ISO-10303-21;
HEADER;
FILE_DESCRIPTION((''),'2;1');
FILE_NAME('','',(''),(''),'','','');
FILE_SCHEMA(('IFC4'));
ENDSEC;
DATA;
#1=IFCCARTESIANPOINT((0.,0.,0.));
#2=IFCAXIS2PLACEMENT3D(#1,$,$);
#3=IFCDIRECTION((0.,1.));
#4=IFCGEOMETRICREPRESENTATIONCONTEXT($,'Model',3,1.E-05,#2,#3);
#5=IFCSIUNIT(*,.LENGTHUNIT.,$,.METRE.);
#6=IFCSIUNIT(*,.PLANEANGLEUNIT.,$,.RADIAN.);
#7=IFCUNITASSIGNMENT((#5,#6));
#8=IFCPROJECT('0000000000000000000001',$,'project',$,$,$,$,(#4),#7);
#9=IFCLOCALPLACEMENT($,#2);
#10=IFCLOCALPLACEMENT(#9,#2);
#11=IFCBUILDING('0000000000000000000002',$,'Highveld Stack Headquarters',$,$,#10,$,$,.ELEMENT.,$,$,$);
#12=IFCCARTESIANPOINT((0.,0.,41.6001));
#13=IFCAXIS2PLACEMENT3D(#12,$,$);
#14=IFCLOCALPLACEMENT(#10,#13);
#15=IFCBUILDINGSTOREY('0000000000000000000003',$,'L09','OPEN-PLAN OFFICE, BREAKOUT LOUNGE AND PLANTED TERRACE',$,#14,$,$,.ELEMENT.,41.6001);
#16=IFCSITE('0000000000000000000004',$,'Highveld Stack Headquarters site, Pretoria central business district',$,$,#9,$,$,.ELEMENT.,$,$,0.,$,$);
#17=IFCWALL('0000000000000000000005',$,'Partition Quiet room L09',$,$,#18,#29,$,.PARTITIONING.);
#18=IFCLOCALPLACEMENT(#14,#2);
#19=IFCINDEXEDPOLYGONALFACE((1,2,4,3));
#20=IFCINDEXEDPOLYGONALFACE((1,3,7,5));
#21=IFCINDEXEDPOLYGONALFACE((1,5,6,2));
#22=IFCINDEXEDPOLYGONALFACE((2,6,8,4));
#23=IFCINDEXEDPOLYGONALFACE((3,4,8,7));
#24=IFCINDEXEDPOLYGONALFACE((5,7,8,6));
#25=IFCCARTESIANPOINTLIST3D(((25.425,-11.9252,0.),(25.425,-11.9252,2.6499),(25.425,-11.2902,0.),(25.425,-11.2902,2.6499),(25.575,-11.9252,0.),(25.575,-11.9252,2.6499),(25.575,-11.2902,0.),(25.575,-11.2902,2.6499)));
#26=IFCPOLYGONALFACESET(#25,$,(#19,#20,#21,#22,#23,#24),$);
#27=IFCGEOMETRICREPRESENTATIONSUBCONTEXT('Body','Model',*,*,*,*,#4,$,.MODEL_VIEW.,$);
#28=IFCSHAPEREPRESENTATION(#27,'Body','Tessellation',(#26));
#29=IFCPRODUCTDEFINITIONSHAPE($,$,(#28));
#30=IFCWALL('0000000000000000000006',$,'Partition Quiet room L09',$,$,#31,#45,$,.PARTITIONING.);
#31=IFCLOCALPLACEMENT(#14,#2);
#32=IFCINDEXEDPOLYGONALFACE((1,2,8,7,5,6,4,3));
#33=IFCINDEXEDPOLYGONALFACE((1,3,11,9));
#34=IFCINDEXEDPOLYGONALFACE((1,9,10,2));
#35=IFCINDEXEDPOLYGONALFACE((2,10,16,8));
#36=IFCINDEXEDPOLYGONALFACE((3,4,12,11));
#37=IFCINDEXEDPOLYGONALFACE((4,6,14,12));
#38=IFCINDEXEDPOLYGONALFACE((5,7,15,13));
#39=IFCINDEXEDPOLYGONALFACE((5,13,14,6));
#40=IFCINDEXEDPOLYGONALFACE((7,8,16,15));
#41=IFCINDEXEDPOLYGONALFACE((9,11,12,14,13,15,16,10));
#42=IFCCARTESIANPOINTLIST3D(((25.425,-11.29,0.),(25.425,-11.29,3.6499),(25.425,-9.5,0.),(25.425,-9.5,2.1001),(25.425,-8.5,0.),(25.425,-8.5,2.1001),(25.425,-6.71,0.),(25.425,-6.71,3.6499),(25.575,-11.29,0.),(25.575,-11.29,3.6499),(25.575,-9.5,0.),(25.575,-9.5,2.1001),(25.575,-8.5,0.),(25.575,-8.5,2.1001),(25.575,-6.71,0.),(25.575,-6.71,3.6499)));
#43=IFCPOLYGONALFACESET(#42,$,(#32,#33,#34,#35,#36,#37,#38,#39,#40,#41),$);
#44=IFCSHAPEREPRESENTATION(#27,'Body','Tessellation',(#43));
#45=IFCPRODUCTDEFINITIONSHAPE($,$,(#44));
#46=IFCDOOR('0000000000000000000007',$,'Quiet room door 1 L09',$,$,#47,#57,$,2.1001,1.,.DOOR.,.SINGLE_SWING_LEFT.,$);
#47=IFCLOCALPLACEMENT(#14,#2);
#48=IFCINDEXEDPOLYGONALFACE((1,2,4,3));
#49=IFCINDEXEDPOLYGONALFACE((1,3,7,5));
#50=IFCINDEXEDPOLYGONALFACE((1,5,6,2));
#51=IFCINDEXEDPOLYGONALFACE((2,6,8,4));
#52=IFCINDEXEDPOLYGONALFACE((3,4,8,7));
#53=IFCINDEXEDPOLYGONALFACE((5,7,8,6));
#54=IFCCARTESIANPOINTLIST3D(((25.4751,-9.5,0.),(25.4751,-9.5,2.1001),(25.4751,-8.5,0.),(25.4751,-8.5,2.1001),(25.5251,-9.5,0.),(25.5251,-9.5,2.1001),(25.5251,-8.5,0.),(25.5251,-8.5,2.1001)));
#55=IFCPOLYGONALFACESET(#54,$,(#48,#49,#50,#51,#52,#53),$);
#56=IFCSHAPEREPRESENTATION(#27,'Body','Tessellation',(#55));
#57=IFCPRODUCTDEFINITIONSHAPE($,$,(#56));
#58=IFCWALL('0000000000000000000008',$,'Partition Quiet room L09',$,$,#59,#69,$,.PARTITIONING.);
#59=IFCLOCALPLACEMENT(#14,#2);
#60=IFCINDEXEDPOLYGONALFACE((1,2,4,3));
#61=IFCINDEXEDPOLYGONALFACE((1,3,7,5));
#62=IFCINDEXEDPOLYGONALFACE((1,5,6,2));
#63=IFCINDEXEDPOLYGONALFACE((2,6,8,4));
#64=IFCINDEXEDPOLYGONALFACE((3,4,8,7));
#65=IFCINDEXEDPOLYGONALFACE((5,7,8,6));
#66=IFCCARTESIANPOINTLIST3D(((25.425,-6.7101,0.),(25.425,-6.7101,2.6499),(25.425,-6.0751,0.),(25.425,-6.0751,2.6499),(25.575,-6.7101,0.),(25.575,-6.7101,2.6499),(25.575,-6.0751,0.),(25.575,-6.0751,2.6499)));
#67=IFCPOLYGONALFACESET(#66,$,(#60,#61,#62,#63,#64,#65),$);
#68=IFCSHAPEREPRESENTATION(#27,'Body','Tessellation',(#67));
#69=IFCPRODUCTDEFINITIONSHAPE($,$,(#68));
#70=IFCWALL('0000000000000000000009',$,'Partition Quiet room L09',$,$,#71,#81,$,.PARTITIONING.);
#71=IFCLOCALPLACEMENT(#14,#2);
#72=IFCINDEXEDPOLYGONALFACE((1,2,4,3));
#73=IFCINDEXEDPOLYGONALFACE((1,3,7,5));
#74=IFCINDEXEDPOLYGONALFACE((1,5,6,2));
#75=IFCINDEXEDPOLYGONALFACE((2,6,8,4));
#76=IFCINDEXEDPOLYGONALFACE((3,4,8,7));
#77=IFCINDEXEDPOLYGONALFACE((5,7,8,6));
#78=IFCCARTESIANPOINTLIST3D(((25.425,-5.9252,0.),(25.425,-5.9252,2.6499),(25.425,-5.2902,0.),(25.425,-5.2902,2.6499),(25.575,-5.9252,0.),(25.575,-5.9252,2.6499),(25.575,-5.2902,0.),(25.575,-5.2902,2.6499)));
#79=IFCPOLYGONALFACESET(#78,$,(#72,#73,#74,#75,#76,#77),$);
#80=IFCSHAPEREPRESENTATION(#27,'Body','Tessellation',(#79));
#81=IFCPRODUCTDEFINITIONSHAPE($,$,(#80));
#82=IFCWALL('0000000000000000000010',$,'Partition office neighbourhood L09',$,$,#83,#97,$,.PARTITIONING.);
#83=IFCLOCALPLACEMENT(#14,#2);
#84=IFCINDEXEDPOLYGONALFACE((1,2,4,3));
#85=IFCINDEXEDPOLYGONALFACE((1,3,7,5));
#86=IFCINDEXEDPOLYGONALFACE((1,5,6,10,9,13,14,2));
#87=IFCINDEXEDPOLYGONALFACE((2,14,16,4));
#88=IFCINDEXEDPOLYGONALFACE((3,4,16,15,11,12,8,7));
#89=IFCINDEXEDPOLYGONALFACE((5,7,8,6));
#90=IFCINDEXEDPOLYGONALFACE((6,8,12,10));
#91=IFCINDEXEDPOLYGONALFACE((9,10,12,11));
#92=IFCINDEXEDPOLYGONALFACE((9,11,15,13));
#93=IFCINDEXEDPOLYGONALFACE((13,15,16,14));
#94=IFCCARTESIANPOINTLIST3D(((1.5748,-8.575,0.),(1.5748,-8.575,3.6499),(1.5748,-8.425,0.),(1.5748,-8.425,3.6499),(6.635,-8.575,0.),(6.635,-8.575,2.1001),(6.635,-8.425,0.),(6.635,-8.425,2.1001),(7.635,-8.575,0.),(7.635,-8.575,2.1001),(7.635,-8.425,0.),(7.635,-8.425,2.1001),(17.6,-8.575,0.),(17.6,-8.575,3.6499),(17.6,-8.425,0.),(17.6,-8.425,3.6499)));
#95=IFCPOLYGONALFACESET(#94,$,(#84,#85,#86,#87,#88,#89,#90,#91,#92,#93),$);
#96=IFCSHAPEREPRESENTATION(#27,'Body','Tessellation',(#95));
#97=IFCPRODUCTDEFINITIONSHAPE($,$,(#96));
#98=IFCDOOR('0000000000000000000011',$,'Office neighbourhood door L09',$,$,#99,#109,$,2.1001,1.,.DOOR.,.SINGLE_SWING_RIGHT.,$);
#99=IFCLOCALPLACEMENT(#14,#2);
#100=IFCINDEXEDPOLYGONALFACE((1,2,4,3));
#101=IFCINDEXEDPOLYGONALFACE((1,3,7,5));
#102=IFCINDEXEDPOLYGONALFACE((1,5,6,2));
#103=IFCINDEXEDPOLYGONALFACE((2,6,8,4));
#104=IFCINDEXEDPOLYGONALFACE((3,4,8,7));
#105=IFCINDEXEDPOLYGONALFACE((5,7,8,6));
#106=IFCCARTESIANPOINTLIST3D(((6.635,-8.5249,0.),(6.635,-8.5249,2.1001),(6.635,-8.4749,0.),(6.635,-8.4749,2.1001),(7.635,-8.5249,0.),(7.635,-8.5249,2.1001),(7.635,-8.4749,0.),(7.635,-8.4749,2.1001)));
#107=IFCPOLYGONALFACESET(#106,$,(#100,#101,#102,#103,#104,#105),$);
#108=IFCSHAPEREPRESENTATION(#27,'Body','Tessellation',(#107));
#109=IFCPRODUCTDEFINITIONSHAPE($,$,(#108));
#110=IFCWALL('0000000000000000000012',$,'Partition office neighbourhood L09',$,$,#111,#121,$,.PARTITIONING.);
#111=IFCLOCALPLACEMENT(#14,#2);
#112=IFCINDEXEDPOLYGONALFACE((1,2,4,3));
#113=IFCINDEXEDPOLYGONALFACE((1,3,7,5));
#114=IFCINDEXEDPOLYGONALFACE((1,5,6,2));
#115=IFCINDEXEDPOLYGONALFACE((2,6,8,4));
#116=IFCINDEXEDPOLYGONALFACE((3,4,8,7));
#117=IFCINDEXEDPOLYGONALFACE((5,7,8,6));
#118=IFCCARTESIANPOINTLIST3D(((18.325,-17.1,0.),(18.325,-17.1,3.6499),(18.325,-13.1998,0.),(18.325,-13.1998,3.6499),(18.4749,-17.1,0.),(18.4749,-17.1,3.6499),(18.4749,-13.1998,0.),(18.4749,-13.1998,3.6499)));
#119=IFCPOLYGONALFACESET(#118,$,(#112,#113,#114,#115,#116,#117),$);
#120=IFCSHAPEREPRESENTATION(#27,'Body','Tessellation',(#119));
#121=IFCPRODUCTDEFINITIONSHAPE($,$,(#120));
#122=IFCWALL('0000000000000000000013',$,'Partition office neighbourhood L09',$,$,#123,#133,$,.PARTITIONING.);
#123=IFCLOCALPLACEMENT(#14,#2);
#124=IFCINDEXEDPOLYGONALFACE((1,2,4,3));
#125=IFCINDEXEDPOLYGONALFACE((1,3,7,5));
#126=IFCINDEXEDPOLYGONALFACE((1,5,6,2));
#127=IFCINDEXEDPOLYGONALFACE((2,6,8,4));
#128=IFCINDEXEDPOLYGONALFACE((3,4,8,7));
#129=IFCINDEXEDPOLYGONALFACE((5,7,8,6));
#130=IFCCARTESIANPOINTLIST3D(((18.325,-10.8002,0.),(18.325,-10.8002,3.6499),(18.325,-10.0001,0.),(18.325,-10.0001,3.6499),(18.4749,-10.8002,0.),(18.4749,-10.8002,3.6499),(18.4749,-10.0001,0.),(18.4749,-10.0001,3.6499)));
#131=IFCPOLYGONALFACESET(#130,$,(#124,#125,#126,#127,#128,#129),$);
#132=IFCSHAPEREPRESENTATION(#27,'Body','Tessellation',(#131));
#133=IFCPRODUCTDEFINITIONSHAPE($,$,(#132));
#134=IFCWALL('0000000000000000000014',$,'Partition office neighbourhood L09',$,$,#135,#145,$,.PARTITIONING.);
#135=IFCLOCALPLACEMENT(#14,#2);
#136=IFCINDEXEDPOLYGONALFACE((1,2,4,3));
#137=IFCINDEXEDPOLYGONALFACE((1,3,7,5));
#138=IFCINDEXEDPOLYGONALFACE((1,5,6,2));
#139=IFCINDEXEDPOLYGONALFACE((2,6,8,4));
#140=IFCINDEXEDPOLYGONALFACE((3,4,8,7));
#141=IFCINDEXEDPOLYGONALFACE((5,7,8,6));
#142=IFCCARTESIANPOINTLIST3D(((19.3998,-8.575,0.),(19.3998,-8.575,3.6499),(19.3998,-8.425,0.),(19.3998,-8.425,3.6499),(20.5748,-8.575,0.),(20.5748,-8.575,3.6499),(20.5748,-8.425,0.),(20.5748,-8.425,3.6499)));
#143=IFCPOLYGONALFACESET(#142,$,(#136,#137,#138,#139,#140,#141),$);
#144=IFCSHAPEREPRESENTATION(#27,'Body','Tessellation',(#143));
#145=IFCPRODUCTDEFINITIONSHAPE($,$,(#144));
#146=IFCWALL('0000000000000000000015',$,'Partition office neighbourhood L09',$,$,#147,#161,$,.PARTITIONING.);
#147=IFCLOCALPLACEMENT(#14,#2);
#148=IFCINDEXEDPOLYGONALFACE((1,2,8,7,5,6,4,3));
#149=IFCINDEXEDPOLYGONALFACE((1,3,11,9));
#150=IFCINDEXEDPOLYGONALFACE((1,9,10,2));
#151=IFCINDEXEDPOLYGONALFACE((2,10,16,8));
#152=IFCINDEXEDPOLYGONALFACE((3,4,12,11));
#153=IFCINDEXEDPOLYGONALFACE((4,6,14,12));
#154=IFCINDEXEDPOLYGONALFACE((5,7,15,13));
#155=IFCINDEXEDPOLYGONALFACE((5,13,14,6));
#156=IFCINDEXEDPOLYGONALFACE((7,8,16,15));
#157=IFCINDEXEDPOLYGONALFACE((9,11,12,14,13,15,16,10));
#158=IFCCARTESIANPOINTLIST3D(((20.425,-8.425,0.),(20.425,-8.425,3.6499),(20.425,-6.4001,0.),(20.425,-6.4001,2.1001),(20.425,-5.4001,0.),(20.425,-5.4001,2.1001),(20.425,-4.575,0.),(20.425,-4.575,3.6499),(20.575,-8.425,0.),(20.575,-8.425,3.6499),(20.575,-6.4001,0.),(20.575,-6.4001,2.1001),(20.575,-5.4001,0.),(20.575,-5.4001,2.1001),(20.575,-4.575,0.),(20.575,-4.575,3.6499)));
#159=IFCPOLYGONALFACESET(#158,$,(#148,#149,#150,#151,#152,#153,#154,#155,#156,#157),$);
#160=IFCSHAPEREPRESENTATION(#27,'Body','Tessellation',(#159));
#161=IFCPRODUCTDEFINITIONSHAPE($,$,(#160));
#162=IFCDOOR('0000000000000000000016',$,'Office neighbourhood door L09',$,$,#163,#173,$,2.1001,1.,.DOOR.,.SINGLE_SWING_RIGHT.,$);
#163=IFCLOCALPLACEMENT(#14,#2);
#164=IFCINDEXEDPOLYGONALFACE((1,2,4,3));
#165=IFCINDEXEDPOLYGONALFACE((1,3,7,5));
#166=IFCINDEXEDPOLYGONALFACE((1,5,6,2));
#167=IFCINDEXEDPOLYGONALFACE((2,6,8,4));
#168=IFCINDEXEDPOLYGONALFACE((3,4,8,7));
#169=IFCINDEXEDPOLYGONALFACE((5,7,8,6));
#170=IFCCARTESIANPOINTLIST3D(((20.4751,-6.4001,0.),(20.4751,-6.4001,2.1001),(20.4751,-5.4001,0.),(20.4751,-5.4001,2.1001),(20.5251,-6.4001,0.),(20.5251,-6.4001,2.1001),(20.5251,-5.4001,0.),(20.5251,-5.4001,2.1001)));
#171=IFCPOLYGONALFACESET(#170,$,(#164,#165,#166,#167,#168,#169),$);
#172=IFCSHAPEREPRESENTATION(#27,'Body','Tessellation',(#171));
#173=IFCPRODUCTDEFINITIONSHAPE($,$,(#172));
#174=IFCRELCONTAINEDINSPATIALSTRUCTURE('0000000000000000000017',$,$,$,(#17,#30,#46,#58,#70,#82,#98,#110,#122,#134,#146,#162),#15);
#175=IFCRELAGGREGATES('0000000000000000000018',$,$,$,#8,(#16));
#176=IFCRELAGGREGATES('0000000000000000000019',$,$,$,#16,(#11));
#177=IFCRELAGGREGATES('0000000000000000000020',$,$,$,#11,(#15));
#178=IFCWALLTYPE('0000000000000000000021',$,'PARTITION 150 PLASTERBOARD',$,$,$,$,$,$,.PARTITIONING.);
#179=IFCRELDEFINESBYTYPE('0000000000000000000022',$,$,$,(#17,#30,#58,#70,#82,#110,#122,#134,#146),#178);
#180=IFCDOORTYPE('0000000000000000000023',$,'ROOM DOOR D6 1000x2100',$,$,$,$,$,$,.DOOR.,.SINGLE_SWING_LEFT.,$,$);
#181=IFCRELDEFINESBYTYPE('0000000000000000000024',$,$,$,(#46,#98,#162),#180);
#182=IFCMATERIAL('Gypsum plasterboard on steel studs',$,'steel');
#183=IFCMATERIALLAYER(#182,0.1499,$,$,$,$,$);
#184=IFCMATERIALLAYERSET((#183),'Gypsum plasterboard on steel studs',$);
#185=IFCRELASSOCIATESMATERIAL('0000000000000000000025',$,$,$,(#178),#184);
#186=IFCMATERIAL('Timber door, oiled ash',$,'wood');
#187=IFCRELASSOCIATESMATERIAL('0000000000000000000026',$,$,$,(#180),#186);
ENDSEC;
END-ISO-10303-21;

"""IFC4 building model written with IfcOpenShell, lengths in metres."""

from ifc_helpers import new_model, si_unit, direction, frame, frame_2d, origin, place, context, subcontext, project, spatial, rectangle, extrude, material, layer, layer_set, type_object, element, fill, save


model = new_model("IFC4")

# Units and contexts
model_context = context("Model", 3, precision=1e-05, world=origin(), true_north=direction((0.0, 1.0)))
body_context = subcontext(model_context, "Body", "Model", "MODEL_VIEW")
ifc_project = project(units=[si_unit("LENGTHUNIT", "METRE"), si_unit("PLANEANGLEUNIT", "RADIAN")], contexts=[model_context])

# Site, building, storey
site_placement = place(None, origin())
site = spatial("IfcSite", under=ifc_project, at=site_placement, Name="Highveld Stack Headquarters site, Pretoria central business district", CompositionType="ELEMENT", RefElevation=0.0)
building_placement = place(site_placement, origin())
building = spatial("IfcBuilding", under=site, at=building_placement, Name="Highveld Stack Headquarters", CompositionType="ELEMENT")
storey_placement = place(building_placement, frame((0.0, 0.0, 41.6001)))
storey = spatial("IfcBuildingStorey", under=building, at=storey_placement, Name="L09", Description="OPEN-PLAN OFFICE, BREAKOUT LOUNGE AND PLANTED TERRACE", CompositionType="ELEMENT", Elevation=41.6001)

# Wall
ifc_material_1 = material(Name="Gypsum plasterboard on steel studs", Category="steel")
ifc_layer_1 = layer(ifc_material_1, 0.1499)
ifc_layer_set_1 = layer_set([ifc_layer_1], Name="Gypsum plasterboard on steel studs")
wall_type_1 = type_object("IfcWallType", Name="PARTITION 150 PLASTERBOARD", PredefinedType="PARTITIONING", material=ifc_layer_set_1)
wall_1_placement = place(storey_placement, frame((25.5, -11.925, 0.0), z_axis=(0.0, 0.0, 1.0), x_axis=(0.0, 1.0, 0.0)))
element("IfcWall", 1, at=wall_1_placement, inside=storey, type_object=wall_type_1, Name="Partition Quiet room L09", PredefinedType="PARTITIONING", context=body_context, shape_type="SweptSolid", body=[
    extrude(rectangle(XDim=0.635, YDim=0.1499, at=frame_2d((0.3174, 0.0))), origin(), (0.0, 0.0, 1.0), 2.6499),
])

# Wall, opening, door
wall_2_placement = place(storey_placement, frame((25.5, -11.29, 0.0), z_axis=(0.0, 0.0, 1.0), x_axis=(0.0, 1.0, 0.0)))
wall_2 = element("IfcWall", 2, at=wall_2_placement, inside=storey, type_object=wall_type_1, Name="Partition Quiet room L09", PredefinedType="PARTITIONING", context=body_context, shape_type="SweptSolid", body=[
    extrude(rectangle(XDim=4.5801, YDim=0.1499, at=frame_2d((2.29, 0.0))), origin(), (0.0, 0.0, 1.0), 3.6499),
])
opening_1_placement = place(wall_2_placement, frame((1.79, 0.0, 0.0)))
opening_1 = element("IfcOpeningElement", 3, at=opening_1_placement, cuts=wall_2, PredefinedType="OPENING", context=body_context, shape_type="SweptSolid", body=[
    extrude(rectangle(XDim=1.0, YDim=2.1001, at=frame_2d((0.5, 1.05))), frame((0.0, 0.085, 0.0), z_axis=(0.0, -1.0, 0.0), x_axis=(1.0, 0.0, 0.0)), (0.0, 0.0, 1.0), 0.1699),
])
ifc_material_2 = material(Name="Timber door, oiled ash", Category="wood")
door_type_1 = type_object("IfcDoorType", Name="ROOM DOOR D6 1000x2100", OperationType="SINGLE_SWING_LEFT", PredefinedType="DOOR", material=ifc_material_2)
door_1_placement = place(opening_1_placement, origin())
door_1 = element("IfcDoor", 4, at=door_1_placement, inside=storey, type_object=door_type_1, Name="Quiet room door 1 L09", OperationType="SINGLE_SWING_LEFT", OverallHeight=2.1001, OverallWidth=1.0, PredefinedType="DOOR", context=body_context, shape_type="SweptSolid", body=[
    extrude(rectangle(XDim=1.0, YDim=2.1001, at=frame_2d((0.5, 1.05))), frame((0.0, 0.0249, 0.0), z_axis=(0.0, -1.0, 0.0), x_axis=(1.0, 0.0, 0.0)), (0.0, 0.0, 1.0), 0.05),
])
fill(opening_1, door_1)

# Walls
for number, where, z_axis, x_axis, name in (
    (5, (25.5, -6.71, 0.0), (0.0, 0.0, 1.0), (0.0, 1.0, 0.0), "Partition Quiet room L09"),
    (6, (25.5, -5.925, 0.0), (0.0, 0.0, 1.0), (0.0, 1.0, 0.0), "Partition Quiet room L09"),
):
    element("IfcWall", number, at=place(storey_placement, frame(where, z_axis=z_axis, x_axis=x_axis)), inside=storey, type_object=wall_type_1, Name=name, PredefinedType="PARTITIONING", context=body_context, shape_type="SweptSolid", body=[
        extrude(rectangle(XDim=0.635, YDim=0.1499, at=frame_2d((0.3174, 0.0))), origin(), (0.0, 0.0, 1.0), 2.6499),
    ])

# Wall, opening, door
wall_3_placement = place(storey_placement, frame((17.6001, -8.5, 0.0), z_axis=(0.0, 0.0, 1.0), x_axis=(-1.0, 0.0, 0.0)))
wall_3 = element("IfcWall", 7, at=wall_3_placement, inside=storey, type_object=wall_type_1, Name="Partition office neighbourhood L09", PredefinedType="PARTITIONING", context=body_context, shape_type="SweptSolid", body=[
    extrude(rectangle(XDim=16.0251, YDim=0.1499, at=frame_2d((8.0127, 0.0))), origin(), (0.0, 0.0, 1.0), 3.6499),
])
opening_2_placement = place(wall_3_placement, frame((9.9651, 0.0, 0.0)))
opening_2 = element("IfcOpeningElement", 8, at=opening_2_placement, cuts=wall_3, PredefinedType="OPENING", context=body_context, shape_type="SweptSolid", body=[
    extrude(rectangle(XDim=1.0, YDim=2.1001, at=frame_2d((0.5, 1.05))), frame((0.0, 0.085, 0.0), z_axis=(0.0, -1.0, 0.0), x_axis=(1.0, 0.0, 0.0)), (0.0, 0.0, 1.0), 0.1699),
])
door_2_placement = place(opening_2_placement, origin())
door_2 = element("IfcDoor", 9, at=door_2_placement, inside=storey, type_object=door_type_1, Name="Office neighbourhood door L09", OperationType="SINGLE_SWING_RIGHT", OverallHeight=2.1001, OverallWidth=1.0, PredefinedType="DOOR", context=body_context, shape_type="SweptSolid", body=[
    extrude(rectangle(XDim=1.0, YDim=2.1001, at=frame_2d((0.5, 1.05))), frame((0.0, 0.0249, 0.0), z_axis=(0.0, -1.0, 0.0), x_axis=(1.0, 0.0, 0.0)), (0.0, 0.0, 1.0), 0.05),
])
fill(opening_2, door_2)

# Walls
wall_4_placement = place(storey_placement, frame((18.3999, -17.1001, 0.0), z_axis=(0.0, 0.0, 1.0), x_axis=(0.0, 1.0, 0.0)))
element("IfcWall", 10, at=wall_4_placement, inside=storey, type_object=wall_type_1, Name="Partition office neighbourhood L09", PredefinedType="PARTITIONING", context=body_context, shape_type="SweptSolid", body=[
    extrude(rectangle(XDim=3.9001, YDim=0.1499, at=frame_2d((1.9502, 0.0))), origin(), (0.0, 0.0, 1.0), 3.6499),
])
wall_5_placement = place(storey_placement, frame((18.3999, -10.8, 0.0), z_axis=(0.0, 0.0, 1.0), x_axis=(0.0, 1.0, 0.0)))
element("IfcWall", 11, at=wall_5_placement, inside=storey, type_object=wall_type_1, Name="Partition office neighbourhood L09", PredefinedType="PARTITIONING", context=body_context, shape_type="SweptSolid", body=[
    extrude(rectangle(XDim=0.8, YDim=0.1499, at=frame_2d((0.3999, 0.0))), origin(), (0.0, 0.0, 1.0), 3.6499),
])
wall_6_placement = place(storey_placement, frame((19.3999, -8.5, 0.0), z_axis=(0.0, 0.0, 1.0), x_axis=(1.0, 0.0, 0.0)))
element("IfcWall", 12, at=wall_6_placement, inside=storey, type_object=wall_type_1, Name="Partition office neighbourhood L09", PredefinedType="PARTITIONING", context=body_context, shape_type="SweptSolid", body=[
    extrude(rectangle(XDim=1.175, YDim=0.1499, at=frame_2d((0.5874, 0.0))), origin(), (0.0, 0.0, 1.0), 3.6499),
])

# Wall, opening, door
wall_7_placement = place(storey_placement, frame((20.5, -8.425, 0.0), z_axis=(0.0, 0.0, 1.0), x_axis=(0.0, 1.0, 0.0)))
wall_7 = element("IfcWall", 13, at=wall_7_placement, inside=storey, type_object=wall_type_1, Name="Partition office neighbourhood L09", PredefinedType="PARTITIONING", context=body_context, shape_type="SweptSolid", body=[
    extrude(rectangle(XDim=3.8501, YDim=0.1499, at=frame_2d((1.925, 0.0))), origin(), (0.0, 0.0, 1.0), 3.6499),
])
opening_3_placement = place(wall_7_placement, frame((2.0249, 0.0, 0.0)))
opening_3 = element("IfcOpeningElement", 14, at=opening_3_placement, cuts=wall_7, PredefinedType="OPENING", context=body_context, shape_type="SweptSolid", body=[
    extrude(rectangle(XDim=1.0, YDim=2.1001, at=frame_2d((0.5, 1.05))), frame((0.0, 0.085, 0.0), z_axis=(0.0, -1.0, 0.0), x_axis=(1.0, 0.0, 0.0)), (0.0, 0.0, 1.0), 0.1699),
])
door_3_placement = place(opening_3_placement, origin())
door_3 = element("IfcDoor", 15, at=door_3_placement, inside=storey, type_object=door_type_1, Name="Office neighbourhood door L09", OperationType="SINGLE_SWING_RIGHT", OverallHeight=2.1001, OverallWidth=1.0, PredefinedType="DOOR", context=body_context, shape_type="SweptSolid", body=[
    extrude(rectangle(XDim=1.0, YDim=2.1001, at=frame_2d((0.5, 1.05))), frame((0.0, 0.0249, 0.0), z_axis=(0.0, -1.0, 0.0), x_axis=(1.0, 0.0, 0.0)), (0.0, 0.0, 1.0), 0.05),
])
fill(opening_3, door_3)

save(model, "model.ifc")
